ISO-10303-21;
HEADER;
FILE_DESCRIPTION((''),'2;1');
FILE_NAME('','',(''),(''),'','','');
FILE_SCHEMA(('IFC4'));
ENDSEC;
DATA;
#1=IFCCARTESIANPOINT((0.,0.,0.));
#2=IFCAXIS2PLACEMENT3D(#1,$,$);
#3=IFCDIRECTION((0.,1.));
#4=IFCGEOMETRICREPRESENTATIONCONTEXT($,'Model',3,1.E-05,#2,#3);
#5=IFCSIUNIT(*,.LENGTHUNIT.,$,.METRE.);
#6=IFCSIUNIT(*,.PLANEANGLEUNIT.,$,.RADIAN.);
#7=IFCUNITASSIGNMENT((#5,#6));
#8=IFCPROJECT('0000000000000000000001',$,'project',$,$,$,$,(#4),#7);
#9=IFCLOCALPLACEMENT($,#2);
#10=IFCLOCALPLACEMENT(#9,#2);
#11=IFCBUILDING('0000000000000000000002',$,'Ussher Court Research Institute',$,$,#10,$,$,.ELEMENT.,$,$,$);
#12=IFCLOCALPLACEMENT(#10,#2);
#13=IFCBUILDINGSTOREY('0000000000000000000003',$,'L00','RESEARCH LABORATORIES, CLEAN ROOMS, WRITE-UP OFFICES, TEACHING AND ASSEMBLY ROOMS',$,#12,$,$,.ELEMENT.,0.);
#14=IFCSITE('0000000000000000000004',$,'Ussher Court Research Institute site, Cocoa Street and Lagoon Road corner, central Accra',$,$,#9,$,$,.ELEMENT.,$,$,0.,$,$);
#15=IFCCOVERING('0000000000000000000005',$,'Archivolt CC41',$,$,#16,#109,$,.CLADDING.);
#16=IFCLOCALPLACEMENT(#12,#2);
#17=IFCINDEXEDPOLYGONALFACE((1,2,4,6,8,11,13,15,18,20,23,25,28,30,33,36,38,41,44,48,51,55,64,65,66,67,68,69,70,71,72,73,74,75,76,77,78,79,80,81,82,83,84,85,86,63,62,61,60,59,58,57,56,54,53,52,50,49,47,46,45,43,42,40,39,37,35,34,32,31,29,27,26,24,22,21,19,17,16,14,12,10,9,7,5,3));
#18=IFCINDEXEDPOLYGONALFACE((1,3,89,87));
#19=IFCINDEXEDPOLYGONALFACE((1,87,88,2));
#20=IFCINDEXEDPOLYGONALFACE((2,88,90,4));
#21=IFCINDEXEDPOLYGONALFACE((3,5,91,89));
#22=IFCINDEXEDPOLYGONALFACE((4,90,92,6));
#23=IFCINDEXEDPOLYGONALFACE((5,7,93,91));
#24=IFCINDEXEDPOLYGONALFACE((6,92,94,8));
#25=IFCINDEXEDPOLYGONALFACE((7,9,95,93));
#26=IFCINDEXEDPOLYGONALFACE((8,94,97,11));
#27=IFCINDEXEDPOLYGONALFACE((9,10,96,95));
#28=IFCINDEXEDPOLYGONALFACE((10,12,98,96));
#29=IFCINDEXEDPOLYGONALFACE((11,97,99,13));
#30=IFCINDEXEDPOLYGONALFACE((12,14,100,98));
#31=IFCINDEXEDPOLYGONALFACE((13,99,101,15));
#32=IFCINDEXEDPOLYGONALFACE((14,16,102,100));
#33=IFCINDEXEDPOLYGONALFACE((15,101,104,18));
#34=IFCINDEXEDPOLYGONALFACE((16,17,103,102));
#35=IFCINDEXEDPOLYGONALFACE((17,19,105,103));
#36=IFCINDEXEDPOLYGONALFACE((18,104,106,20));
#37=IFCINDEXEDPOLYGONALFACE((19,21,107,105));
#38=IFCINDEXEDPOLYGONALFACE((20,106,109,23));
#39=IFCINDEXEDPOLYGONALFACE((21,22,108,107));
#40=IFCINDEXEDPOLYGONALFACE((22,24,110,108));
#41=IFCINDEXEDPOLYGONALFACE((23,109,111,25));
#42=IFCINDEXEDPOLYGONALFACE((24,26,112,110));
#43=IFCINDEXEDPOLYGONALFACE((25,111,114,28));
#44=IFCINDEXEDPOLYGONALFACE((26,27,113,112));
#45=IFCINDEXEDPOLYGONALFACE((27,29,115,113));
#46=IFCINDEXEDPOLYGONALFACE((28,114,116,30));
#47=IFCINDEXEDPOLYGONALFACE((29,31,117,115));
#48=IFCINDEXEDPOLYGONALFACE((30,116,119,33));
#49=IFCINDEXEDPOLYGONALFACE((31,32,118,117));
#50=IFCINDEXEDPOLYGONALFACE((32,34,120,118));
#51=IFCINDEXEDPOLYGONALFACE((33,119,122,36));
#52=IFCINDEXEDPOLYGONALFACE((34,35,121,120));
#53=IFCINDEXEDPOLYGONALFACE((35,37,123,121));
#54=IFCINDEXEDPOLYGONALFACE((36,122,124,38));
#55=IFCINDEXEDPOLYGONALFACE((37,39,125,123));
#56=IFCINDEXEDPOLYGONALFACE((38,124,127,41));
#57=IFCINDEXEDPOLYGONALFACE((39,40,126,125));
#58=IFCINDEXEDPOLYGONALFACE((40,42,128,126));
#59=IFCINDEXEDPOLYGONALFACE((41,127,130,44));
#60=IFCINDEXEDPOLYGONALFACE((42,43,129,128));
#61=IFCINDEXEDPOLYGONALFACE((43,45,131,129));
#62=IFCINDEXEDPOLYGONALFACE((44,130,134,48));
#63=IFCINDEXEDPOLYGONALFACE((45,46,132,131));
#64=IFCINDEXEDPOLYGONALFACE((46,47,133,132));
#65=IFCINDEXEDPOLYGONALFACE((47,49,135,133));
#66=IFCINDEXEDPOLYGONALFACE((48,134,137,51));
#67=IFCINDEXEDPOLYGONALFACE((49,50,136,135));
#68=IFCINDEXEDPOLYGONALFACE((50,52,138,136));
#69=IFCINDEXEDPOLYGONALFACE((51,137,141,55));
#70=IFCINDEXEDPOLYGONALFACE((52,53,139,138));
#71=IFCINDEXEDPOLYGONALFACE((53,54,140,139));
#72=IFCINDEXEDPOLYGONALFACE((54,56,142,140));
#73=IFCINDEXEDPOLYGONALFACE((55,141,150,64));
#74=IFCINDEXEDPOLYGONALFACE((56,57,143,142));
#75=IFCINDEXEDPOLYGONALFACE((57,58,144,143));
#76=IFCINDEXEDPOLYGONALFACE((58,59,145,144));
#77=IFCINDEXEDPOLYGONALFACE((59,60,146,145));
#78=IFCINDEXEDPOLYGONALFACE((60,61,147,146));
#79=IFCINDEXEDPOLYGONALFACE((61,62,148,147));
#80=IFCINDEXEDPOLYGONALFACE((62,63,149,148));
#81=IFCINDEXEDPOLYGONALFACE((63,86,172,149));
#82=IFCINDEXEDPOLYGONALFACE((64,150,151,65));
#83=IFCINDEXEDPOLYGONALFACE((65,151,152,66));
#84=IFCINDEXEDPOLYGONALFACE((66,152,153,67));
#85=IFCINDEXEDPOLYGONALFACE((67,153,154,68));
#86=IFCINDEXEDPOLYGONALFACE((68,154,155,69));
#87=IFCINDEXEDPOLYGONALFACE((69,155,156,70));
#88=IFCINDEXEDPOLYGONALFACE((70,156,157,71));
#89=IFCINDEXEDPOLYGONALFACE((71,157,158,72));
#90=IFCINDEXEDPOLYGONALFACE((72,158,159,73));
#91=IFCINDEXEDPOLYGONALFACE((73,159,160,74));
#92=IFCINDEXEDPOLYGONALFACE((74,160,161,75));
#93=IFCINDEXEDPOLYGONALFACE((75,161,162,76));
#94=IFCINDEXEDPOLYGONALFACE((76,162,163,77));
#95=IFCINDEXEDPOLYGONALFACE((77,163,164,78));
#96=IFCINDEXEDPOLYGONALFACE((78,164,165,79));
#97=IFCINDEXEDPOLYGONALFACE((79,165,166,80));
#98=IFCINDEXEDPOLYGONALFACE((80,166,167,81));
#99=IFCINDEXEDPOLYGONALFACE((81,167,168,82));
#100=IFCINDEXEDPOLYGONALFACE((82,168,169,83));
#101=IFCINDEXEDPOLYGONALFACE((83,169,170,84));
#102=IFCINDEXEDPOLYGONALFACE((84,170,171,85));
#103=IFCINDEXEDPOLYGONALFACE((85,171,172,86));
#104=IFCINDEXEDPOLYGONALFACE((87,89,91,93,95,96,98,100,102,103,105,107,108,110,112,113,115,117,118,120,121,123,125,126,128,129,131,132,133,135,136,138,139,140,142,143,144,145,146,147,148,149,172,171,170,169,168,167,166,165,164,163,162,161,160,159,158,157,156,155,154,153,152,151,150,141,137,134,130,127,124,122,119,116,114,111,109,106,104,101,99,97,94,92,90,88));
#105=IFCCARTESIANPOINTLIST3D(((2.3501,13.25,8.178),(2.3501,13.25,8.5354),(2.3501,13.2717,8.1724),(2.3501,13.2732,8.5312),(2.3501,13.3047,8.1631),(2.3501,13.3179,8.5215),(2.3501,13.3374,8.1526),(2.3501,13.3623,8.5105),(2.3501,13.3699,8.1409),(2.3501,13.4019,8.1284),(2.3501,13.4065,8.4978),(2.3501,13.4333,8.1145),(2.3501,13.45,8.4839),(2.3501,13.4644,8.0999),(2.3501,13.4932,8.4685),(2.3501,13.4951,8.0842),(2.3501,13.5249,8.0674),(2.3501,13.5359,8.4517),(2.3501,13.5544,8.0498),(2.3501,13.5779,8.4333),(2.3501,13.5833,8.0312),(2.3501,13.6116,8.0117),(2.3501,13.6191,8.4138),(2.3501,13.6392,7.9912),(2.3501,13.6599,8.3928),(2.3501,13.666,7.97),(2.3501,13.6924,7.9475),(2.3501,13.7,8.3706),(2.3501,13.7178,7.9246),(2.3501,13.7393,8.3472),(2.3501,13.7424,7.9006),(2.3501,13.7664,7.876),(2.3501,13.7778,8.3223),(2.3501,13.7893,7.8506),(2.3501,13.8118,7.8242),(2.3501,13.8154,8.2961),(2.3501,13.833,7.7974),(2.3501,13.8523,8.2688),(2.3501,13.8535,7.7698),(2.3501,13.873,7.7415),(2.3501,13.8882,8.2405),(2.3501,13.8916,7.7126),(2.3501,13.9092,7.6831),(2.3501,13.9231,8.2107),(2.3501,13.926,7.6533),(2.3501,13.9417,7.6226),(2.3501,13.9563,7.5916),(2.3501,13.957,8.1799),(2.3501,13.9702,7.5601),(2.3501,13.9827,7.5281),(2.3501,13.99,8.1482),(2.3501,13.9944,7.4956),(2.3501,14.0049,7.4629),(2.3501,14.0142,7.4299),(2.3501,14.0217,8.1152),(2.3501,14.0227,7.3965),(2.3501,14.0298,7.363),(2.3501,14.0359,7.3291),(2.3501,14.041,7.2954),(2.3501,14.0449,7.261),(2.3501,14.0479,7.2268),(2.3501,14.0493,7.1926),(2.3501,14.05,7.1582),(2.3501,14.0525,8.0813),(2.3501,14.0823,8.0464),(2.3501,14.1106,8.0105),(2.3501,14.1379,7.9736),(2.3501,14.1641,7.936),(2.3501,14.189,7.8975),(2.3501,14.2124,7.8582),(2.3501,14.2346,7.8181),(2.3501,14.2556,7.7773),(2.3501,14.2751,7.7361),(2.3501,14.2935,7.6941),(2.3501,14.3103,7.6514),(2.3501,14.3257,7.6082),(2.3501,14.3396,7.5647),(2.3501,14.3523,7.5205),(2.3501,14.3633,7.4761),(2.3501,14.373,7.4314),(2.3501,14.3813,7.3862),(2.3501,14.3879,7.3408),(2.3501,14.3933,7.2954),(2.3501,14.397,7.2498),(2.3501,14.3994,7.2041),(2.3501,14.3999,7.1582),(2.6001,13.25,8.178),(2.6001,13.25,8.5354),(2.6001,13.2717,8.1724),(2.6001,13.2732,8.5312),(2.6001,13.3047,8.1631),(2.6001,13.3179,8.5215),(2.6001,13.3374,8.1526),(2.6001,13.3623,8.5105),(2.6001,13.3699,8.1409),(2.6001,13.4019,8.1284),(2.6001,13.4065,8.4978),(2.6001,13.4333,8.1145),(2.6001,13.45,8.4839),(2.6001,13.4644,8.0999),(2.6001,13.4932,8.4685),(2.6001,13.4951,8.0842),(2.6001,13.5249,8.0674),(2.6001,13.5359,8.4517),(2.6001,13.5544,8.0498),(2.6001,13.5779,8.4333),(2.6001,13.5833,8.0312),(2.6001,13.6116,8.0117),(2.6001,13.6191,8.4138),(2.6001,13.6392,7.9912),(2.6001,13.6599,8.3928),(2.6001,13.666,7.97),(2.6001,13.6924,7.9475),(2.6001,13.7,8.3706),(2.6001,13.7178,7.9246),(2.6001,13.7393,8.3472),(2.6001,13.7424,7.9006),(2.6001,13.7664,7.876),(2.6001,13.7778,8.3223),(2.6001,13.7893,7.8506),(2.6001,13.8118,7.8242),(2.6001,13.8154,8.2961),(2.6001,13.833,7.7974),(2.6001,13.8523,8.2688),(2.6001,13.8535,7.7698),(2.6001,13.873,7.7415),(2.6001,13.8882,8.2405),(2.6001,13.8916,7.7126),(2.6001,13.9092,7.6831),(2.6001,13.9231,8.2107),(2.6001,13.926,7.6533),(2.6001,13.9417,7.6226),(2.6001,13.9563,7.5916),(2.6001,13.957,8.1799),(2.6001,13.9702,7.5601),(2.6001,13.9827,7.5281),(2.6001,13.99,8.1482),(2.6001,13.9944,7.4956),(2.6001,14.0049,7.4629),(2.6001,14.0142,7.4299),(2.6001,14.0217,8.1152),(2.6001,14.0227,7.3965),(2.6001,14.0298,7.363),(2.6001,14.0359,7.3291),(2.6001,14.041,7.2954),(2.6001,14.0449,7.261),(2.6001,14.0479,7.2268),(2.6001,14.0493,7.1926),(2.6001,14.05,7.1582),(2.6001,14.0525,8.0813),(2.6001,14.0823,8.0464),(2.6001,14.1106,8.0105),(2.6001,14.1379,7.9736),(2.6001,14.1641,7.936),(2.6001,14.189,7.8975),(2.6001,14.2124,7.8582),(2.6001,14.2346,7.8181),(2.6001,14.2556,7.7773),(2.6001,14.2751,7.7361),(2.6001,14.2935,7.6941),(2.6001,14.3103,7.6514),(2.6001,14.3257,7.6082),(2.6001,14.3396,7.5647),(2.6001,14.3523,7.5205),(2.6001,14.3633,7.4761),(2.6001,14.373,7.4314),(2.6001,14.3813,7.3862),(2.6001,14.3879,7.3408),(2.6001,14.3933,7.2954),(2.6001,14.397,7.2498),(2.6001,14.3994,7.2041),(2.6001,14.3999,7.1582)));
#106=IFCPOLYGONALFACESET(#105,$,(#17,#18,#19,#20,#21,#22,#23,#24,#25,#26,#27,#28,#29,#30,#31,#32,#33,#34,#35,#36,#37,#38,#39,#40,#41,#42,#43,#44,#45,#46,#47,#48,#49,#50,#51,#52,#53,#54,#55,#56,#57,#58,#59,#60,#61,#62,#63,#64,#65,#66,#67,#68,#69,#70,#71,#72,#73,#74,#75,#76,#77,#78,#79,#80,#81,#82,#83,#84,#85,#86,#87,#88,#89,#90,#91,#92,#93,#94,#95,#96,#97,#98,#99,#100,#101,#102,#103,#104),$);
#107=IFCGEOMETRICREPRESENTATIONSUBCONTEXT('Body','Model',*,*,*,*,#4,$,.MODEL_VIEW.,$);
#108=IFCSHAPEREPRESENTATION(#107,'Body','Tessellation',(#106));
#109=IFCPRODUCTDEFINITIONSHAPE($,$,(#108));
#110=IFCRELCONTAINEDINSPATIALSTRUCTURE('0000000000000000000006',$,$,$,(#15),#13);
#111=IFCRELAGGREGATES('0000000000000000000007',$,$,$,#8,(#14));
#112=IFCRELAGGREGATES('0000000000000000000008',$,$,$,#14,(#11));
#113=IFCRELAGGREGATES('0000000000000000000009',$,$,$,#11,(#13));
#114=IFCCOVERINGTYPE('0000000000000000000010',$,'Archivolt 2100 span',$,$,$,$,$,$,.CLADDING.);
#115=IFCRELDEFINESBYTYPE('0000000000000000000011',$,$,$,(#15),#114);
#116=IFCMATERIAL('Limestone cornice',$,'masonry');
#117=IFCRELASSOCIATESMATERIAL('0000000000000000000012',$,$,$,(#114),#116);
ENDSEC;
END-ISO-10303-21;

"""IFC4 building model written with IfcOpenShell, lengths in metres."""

from ifc_helpers import new_model, si_unit, direction, frame, origin, place, context, subcontext, project, spatial, polyline, outline, extrude, material, type_object, element, save


model = new_model("IFC4")

# Units and contexts
model_context = context("Model", 3, precision=1e-05, world=origin(), true_north=direction((0.0, 1.0)))
body_context = subcontext(model_context, "Body", "Model", "MODEL_VIEW")
ifc_project = project(units=[si_unit("LENGTHUNIT", "METRE"), si_unit("PLANEANGLEUNIT", "RADIAN")], contexts=[model_context])

# Site, building, storey
site_placement = place(None, origin())
site = spatial("IfcSite", under=ifc_project, at=site_placement, Name="Ussher Court Research Institute site, Cocoa Street and Lagoon Road corner, central Accra", CompositionType="ELEMENT", RefElevation=0.0)
building_placement = place(site_placement, origin())
building = spatial("IfcBuilding", under=site, at=building_placement, Name="Ussher Court Research Institute", CompositionType="ELEMENT")
storey_placement = place(building_placement, origin())
storey = spatial("IfcBuildingStorey", under=building, at=storey_placement, Name="L00", Description="RESEARCH LABORATORIES, CLEAN ROOMS, WRITE-UP OFFICES, TEACHING AND ASSEMBLY ROOMS", CompositionType="ELEMENT", Elevation=0.0)

# Covering
ifc_material_1 = material(Name="Limestone cornice", Category="masonry")
covering_type_1 = type_object("IfcCoveringType", Name="Archivolt 2100 span", PredefinedType="CLADDING", material=ifc_material_1)
covering_1_placement = place(storey_placement, frame((2.3501, 13.0, 7.1582), z_axis=(1.0, 0.0, 0.0), x_axis=(0.0, 1.0, 0.0)))
element("IfcCovering", 1, at=covering_1_placement, inside=storey, type_object=covering_type_1, Name="Archivolt CC41", PredefinedType="CLADDING", context=body_context, shape_type="SweptSolid", body=[
    extrude(outline(polyline([(0.2732, 1.373), (0.25, 1.3772), (0.25, 1.0198), (0.2717, 1.0142), (0.3047, 1.0049), (0.3374, 0.9944), (0.3699, 0.9827), (0.4019, 0.9702), (0.4333, 0.9563), (0.4644, 0.9417), (0.4951, 0.926), (0.5249, 0.9092), (0.5544, 0.8916), (0.5833, 0.873), (0.6116, 0.8535), (0.6392, 0.833), (0.666, 0.8118), (0.6924, 0.7893), (0.7178, 0.7664), (0.7424, 0.7424), (0.7664, 0.7178), (0.7893, 0.6924), (0.8118, 0.666), (0.833, 0.6392), (0.8535, 0.6116), (0.873, 0.5833), (0.8916, 0.5544), (0.9092, 0.5249), (0.926, 0.4951), (0.9417, 0.4644), (0.9563, 0.4333), (0.9702, 0.4019), (0.9827, 0.3699), (0.9944, 0.3374), (1.0049, 0.3047), (1.0142, 0.2717), (1.0227, 0.2383), (1.0298, 0.2048), (1.0359, 0.1709), (1.041, 0.1372), (1.0449, 0.1028), (1.0479, 0.0686), (1.0493, 0.0344), (1.05, 0.0), (1.3999, 0.0), (1.3994, 0.0459), (1.397, 0.0916), (1.3933, 0.1372), (1.3879, 0.1826), (1.3813, 0.228), (1.373, 0.2732), (1.3633, 0.3179), (1.3523, 0.3623), (1.3396, 0.4065), (1.3257, 0.45), (1.3103, 0.4932), (1.2935, 0.5359), (1.2751, 0.5779), (1.2556, 0.6191), (1.2346, 0.6599), (1.2124, 0.7), (1.189, 0.7393), (1.1641, 0.7778), (1.1379, 0.8154), (1.1106, 0.8523), (1.0823, 0.8882), (1.0525, 0.9231), (1.0217, 0.957), (0.99, 0.99), (0.957, 1.0217), (0.9231, 1.0525), (0.8882, 1.0823), (0.8523, 1.1106), (0.8154, 1.1379), (0.7778, 1.1641), (0.7393, 1.189), (0.7, 1.2124), (0.6599, 1.2346), (0.6191, 1.2556), (0.5779, 1.2751), (0.5359, 1.2935), (0.4932, 1.3103), (0.45, 1.3257), (0.4065, 1.3396), (0.3623, 1.3523), (0.3179, 1.3633), (0.2732, 1.373)])), origin(), (0.0, 0.0, 1.0), 0.25),
])

save(model, "model.ifc")
